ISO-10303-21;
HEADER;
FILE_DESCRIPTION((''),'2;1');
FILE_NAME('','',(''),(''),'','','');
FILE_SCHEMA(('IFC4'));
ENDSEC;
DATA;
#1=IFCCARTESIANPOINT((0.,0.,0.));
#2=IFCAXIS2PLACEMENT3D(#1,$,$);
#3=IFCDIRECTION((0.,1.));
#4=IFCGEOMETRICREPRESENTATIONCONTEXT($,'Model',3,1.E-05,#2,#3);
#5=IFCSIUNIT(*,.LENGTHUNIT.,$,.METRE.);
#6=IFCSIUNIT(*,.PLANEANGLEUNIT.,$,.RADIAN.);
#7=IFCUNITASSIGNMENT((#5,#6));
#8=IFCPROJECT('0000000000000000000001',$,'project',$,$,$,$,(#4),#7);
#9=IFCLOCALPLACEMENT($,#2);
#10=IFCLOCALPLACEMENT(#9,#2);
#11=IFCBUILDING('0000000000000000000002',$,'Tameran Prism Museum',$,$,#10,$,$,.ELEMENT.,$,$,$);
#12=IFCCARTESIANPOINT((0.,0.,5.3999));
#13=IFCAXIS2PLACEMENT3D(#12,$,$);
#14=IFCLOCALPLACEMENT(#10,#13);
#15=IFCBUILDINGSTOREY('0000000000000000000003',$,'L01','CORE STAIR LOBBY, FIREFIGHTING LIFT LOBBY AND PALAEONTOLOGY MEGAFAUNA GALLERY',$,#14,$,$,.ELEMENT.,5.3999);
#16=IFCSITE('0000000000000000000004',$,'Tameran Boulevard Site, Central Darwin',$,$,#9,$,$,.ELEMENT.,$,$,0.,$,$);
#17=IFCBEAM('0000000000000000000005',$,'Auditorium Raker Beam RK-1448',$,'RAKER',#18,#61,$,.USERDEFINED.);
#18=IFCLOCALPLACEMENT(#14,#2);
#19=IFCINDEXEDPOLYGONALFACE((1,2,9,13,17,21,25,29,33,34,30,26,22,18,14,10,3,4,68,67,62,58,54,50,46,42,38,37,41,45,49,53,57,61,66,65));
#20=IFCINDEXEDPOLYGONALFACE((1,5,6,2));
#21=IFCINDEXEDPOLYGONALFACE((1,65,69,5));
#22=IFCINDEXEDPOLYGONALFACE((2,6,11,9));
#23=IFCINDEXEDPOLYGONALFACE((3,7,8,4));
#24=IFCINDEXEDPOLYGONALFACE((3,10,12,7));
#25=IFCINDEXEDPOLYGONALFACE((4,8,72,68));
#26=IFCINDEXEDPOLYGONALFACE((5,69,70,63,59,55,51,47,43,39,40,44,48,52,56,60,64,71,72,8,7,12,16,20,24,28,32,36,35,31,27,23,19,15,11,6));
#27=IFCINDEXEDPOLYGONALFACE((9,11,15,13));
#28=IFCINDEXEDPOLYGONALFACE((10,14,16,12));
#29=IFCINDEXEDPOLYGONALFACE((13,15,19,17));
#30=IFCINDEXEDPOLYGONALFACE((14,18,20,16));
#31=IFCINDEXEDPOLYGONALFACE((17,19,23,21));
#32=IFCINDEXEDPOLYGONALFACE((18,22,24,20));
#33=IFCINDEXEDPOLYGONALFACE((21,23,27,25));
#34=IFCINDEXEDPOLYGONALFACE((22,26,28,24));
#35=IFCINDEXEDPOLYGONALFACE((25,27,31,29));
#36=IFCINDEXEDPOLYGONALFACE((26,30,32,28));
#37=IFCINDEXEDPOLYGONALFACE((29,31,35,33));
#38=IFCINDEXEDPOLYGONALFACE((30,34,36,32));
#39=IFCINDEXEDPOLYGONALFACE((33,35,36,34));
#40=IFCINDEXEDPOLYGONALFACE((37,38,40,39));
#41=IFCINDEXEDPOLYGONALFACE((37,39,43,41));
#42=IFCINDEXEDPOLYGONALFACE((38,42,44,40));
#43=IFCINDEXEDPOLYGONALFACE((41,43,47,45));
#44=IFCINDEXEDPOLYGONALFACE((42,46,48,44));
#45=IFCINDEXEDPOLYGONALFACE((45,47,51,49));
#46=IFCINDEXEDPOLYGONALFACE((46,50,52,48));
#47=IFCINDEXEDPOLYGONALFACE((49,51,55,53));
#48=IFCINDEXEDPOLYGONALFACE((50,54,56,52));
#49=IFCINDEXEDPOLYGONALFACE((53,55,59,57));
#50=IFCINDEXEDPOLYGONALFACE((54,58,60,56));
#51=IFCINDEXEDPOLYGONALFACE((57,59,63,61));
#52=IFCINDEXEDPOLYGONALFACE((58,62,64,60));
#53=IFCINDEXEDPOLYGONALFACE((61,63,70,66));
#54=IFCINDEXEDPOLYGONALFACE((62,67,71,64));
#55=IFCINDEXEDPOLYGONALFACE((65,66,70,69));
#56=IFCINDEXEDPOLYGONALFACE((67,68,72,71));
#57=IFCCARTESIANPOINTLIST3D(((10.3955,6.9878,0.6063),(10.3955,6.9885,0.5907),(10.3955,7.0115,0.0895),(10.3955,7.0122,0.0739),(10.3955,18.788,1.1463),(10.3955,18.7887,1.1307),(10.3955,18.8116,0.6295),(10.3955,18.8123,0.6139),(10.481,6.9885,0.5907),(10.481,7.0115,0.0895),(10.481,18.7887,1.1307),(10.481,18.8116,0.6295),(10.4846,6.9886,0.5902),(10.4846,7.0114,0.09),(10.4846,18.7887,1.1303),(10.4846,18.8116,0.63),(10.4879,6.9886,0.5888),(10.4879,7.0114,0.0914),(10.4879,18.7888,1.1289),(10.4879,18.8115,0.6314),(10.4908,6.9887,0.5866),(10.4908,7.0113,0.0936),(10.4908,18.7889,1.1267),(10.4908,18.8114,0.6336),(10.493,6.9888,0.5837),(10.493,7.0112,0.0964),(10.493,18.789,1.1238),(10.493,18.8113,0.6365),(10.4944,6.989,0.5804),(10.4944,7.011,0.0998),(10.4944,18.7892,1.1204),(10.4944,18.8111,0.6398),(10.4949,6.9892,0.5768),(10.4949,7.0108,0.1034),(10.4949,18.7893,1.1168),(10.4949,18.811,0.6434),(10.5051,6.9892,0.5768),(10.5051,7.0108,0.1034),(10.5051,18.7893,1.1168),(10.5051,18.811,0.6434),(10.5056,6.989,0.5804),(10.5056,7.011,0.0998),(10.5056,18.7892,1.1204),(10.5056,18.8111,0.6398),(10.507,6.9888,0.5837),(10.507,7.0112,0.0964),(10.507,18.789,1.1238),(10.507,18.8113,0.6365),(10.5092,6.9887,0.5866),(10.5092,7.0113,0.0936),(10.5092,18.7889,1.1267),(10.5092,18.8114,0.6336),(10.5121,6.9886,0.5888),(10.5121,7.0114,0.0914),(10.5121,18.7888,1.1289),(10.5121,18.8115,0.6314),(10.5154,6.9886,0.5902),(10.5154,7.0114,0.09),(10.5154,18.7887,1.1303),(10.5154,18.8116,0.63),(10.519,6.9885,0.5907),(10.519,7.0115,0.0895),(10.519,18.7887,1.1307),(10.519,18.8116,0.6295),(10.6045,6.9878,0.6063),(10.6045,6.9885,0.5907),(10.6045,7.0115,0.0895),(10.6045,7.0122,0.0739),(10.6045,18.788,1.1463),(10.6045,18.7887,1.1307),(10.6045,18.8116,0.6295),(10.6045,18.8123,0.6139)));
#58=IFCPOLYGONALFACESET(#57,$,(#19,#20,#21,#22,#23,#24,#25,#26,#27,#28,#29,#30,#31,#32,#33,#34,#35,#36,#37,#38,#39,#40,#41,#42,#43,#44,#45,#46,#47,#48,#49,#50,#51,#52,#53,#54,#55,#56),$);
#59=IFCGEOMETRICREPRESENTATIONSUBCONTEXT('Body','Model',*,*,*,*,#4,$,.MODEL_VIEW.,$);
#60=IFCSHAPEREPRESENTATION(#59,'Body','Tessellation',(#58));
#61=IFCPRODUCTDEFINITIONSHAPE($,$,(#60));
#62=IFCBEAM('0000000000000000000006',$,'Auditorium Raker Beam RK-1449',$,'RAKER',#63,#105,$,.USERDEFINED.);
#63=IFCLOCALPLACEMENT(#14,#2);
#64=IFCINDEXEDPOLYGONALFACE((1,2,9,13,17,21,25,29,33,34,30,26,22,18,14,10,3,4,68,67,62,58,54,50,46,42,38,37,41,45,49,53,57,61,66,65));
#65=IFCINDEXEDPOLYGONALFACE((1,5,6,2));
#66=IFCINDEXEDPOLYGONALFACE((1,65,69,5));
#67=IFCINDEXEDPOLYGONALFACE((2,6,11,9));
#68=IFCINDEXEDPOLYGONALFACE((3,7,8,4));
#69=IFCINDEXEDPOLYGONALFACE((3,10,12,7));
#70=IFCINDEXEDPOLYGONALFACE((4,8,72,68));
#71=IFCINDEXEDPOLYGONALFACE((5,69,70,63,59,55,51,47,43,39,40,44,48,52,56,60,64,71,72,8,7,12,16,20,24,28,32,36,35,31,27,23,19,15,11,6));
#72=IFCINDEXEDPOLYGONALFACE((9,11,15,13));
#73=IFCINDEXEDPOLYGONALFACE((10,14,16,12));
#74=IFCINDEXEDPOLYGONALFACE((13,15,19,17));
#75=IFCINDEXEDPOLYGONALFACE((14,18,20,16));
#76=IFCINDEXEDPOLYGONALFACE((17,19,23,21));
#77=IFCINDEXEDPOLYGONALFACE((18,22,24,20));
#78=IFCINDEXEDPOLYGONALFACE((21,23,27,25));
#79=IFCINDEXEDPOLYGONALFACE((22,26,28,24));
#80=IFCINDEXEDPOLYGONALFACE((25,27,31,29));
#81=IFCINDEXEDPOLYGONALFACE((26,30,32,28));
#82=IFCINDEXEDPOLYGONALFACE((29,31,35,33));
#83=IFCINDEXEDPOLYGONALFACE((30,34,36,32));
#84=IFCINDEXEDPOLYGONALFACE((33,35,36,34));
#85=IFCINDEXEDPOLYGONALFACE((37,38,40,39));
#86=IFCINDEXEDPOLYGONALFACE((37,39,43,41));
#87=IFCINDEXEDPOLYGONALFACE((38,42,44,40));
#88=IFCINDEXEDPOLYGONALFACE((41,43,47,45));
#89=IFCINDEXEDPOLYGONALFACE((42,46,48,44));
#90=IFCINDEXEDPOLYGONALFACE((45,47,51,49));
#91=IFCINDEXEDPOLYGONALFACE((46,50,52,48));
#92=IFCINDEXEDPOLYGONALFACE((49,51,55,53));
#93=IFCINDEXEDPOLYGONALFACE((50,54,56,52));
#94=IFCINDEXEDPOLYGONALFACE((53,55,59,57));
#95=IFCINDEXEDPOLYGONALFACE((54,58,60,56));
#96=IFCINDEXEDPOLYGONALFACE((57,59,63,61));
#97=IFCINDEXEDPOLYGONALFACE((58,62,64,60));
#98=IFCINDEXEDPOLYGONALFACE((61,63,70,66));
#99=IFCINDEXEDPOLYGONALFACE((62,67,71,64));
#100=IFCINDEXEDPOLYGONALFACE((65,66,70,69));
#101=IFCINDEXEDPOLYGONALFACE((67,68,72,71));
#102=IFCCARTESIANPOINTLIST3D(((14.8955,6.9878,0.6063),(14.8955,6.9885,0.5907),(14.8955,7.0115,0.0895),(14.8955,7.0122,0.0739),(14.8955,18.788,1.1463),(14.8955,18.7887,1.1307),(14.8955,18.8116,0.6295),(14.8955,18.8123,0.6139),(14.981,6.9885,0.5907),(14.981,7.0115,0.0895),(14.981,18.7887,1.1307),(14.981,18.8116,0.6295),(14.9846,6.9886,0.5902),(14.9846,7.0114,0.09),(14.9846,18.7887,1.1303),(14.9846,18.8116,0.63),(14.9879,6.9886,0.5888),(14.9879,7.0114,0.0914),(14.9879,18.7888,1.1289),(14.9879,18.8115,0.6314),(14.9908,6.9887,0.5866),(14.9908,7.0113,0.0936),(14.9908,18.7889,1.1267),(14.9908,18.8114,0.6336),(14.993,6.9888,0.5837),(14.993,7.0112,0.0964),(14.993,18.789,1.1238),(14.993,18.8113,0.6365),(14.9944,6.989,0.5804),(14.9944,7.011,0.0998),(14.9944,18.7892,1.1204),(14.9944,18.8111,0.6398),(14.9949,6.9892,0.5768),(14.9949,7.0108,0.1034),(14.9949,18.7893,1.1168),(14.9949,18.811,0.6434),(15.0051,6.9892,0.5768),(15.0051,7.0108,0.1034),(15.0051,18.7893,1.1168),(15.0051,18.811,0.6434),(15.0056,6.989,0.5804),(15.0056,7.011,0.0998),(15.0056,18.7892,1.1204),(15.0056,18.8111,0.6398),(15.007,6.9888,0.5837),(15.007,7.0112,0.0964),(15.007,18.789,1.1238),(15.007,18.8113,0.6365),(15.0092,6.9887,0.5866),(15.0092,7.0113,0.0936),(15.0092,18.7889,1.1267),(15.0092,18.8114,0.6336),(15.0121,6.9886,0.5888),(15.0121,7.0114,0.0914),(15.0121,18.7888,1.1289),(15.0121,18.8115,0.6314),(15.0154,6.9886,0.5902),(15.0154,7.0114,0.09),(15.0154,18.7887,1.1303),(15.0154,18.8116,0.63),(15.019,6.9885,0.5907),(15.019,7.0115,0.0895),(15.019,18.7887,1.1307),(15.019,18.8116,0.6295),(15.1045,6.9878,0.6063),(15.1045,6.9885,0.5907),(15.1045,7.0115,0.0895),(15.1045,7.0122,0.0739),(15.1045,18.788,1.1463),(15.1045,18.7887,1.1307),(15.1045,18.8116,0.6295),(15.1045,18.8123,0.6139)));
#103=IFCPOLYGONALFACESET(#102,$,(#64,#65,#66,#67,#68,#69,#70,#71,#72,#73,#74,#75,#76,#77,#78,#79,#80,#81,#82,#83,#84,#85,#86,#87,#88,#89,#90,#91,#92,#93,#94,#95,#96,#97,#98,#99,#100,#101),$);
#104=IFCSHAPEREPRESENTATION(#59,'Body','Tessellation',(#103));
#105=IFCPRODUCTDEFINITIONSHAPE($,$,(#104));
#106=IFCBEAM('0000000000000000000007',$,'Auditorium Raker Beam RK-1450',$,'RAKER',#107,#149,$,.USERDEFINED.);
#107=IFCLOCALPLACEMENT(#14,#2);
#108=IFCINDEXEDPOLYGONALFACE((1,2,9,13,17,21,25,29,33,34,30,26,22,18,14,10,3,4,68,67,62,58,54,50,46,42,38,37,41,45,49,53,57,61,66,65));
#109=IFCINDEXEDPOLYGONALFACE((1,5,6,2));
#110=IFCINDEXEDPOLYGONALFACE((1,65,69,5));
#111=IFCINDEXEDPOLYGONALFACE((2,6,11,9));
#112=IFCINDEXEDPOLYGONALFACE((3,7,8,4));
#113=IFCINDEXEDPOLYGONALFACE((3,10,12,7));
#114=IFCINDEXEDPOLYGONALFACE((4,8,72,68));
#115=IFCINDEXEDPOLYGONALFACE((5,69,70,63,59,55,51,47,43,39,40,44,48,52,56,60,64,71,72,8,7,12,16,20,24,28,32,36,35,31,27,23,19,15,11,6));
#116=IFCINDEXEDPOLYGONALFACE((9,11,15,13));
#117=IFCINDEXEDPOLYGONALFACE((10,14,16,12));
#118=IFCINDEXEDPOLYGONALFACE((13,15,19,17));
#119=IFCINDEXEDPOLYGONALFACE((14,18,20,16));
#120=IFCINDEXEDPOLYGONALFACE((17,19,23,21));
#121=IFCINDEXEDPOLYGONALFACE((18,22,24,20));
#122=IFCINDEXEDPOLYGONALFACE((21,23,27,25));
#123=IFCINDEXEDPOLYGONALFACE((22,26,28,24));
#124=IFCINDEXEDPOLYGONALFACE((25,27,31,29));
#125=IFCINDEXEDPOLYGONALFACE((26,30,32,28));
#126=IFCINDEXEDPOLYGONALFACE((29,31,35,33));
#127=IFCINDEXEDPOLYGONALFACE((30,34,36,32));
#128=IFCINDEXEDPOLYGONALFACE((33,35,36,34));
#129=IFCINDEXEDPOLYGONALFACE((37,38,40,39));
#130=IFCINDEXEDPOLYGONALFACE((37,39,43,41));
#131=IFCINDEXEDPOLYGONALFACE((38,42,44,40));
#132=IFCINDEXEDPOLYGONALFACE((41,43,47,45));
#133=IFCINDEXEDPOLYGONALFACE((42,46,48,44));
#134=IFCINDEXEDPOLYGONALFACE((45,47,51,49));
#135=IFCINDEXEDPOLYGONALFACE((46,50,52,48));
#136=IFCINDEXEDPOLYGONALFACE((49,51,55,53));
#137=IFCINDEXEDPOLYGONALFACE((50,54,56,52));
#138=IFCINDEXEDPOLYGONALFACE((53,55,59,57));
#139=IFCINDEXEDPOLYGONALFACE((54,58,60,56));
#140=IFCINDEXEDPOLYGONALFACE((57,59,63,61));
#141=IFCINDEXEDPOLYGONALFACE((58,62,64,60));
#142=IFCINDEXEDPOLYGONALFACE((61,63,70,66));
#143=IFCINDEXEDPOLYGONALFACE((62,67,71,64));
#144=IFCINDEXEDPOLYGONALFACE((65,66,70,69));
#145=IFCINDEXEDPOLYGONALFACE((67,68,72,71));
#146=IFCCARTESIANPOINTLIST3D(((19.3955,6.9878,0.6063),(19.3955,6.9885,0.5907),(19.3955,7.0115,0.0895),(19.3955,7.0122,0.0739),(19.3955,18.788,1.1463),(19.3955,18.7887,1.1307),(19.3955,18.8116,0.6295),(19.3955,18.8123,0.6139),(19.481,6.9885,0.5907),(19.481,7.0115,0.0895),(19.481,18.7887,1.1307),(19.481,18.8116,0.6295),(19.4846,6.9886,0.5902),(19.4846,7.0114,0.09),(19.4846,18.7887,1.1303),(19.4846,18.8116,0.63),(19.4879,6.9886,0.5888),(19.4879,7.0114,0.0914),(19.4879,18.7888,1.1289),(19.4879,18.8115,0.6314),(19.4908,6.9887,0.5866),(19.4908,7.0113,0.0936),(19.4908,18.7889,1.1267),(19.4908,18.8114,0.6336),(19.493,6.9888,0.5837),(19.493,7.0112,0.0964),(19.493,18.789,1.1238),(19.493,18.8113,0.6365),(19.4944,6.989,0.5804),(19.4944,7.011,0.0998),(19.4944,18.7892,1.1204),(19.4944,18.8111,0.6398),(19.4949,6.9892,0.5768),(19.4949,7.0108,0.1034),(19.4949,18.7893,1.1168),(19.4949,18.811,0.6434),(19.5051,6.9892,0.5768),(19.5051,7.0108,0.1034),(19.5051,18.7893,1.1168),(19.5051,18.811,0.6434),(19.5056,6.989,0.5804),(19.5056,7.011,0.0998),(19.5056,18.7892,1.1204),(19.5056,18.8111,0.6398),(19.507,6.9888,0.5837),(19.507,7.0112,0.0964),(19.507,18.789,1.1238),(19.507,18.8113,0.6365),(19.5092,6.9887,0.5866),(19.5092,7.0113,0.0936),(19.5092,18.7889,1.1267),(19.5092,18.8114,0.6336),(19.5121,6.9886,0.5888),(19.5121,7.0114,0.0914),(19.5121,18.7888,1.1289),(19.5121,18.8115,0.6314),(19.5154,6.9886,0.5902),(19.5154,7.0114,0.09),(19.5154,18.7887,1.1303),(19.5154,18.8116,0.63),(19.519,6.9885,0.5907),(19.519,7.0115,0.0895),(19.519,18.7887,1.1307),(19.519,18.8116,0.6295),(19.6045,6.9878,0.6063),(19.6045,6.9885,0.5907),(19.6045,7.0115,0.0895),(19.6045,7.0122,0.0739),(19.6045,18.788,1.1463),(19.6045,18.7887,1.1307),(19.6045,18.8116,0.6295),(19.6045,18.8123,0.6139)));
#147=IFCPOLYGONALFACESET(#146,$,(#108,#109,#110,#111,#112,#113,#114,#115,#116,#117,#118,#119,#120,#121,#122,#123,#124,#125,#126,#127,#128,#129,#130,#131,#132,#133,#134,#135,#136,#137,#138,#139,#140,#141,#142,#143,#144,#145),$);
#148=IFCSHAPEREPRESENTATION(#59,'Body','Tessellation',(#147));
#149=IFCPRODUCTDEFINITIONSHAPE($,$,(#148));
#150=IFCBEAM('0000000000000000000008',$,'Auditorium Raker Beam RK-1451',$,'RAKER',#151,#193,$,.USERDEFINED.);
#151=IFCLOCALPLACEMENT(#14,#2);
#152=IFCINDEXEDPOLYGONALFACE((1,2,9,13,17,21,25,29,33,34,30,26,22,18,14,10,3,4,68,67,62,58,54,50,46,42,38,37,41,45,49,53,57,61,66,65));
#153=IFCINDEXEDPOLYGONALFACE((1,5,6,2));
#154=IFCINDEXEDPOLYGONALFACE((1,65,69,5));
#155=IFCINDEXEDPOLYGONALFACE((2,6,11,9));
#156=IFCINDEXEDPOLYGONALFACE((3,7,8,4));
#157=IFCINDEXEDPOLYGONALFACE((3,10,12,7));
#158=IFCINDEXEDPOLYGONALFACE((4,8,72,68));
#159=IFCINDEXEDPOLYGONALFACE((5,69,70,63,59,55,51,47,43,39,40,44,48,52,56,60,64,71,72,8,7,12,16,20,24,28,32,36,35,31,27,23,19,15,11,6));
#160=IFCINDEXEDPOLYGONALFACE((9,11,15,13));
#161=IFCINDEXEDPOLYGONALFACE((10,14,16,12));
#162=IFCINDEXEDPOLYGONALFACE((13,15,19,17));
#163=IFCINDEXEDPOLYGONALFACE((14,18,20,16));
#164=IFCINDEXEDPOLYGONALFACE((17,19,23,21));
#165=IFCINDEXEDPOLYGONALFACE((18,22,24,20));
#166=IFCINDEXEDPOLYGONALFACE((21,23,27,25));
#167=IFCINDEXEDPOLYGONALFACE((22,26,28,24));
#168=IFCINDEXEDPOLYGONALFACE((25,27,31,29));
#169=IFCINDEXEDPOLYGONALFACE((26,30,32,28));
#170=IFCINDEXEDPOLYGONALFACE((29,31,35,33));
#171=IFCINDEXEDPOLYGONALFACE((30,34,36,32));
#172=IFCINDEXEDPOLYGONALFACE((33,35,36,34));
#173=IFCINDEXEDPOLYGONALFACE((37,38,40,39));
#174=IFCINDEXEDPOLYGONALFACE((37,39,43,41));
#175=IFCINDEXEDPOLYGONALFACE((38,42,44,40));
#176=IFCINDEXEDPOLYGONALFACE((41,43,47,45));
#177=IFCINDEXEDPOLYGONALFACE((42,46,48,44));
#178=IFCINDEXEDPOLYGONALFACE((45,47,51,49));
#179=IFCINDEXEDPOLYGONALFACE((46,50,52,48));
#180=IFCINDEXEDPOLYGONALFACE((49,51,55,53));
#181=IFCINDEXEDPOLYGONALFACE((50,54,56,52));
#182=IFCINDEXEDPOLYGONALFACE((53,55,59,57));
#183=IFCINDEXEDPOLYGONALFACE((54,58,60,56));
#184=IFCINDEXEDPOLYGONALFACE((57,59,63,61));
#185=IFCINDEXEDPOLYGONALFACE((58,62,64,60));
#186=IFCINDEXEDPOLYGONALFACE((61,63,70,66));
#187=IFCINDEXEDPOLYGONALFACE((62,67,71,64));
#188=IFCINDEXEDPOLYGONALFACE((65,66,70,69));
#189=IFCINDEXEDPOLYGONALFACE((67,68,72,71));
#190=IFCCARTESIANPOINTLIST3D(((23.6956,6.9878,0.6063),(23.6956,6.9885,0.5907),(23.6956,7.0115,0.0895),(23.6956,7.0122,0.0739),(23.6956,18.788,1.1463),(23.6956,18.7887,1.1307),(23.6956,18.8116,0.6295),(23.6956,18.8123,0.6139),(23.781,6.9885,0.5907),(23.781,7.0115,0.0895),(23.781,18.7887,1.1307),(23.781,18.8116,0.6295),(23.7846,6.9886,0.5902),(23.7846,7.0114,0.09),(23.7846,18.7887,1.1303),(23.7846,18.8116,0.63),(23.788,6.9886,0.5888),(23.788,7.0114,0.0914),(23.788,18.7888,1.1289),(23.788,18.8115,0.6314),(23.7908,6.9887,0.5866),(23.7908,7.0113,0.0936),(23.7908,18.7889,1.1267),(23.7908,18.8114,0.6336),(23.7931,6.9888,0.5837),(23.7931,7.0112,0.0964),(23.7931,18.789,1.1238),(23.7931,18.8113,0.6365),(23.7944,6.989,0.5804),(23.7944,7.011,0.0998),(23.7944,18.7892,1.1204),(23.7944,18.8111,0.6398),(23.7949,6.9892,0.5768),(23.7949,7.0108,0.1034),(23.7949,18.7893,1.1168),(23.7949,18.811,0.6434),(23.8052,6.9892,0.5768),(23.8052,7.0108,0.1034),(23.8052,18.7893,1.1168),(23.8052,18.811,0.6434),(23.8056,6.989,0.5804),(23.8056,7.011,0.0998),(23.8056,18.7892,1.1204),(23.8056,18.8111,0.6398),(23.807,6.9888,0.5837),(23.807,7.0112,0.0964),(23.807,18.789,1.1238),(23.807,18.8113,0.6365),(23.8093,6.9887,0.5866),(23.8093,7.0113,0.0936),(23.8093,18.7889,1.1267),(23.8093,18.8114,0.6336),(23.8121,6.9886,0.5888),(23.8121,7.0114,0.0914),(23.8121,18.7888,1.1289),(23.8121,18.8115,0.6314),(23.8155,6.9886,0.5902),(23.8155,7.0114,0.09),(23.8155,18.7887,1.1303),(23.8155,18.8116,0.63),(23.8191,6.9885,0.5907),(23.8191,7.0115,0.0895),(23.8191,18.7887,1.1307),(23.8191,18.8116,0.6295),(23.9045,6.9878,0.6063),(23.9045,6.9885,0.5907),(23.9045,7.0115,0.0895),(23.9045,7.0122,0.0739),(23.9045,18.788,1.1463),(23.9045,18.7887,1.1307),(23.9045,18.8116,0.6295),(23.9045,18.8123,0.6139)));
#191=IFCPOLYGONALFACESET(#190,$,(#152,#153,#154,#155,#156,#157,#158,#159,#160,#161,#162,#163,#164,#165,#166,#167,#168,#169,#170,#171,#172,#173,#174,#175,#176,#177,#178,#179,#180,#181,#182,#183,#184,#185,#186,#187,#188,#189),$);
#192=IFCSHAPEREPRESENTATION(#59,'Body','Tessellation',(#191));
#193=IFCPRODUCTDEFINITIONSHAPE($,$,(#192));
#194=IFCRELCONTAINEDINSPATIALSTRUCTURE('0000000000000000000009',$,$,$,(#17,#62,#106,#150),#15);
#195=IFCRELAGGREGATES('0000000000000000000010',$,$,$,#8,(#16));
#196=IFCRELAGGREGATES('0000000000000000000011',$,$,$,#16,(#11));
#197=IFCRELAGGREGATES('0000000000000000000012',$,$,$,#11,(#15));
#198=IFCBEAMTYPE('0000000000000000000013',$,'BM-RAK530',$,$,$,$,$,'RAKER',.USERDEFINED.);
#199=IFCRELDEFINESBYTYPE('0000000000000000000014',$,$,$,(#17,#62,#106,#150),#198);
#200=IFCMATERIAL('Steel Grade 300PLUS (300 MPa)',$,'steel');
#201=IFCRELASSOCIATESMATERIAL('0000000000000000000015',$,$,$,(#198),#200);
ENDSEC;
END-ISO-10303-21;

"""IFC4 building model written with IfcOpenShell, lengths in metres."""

from ifc_helpers import new_model, si_unit, direction, frame, origin, origin_2d, place, context, subcontext, project, spatial, i_section, extrude, material, material_profile, profile_set, type_object, element, save


model = new_model("IFC4")

# Units and contexts
model_context = context("Model", 3, precision=1e-05, world=origin(), true_north=direction((0.0, 1.0)))
body_context = subcontext(model_context, "Body", "Model", "MODEL_VIEW")
ifc_project = project(units=[si_unit("LENGTHUNIT", "METRE"), si_unit("PLANEANGLEUNIT", "RADIAN")], contexts=[model_context])

# Site, building, storey
site_placement = place(None, origin())
site = spatial("IfcSite", under=ifc_project, at=site_placement, Name="Tameran Boulevard Site, Central Darwin", CompositionType="ELEMENT", RefElevation=0.0)
building_placement = place(site_placement, origin())
building = spatial("IfcBuilding", under=site, at=building_placement, Name="Tameran Prism Museum", CompositionType="ELEMENT")
storey_placement = place(building_placement, frame((0.0, 0.0, 5.3999)))
storey = spatial("IfcBuildingStorey", under=building, at=storey_placement, Name="L01", Description="CORE STAIR LOBBY, FIREFIGHTING LIFT LOBBY AND PALAEONTOLOGY MEGAFAUNA GALLERY", CompositionType="ELEMENT", Elevation=5.3999)

# Beams
ifc_material_1 = material(Name="Steel Grade 300PLUS (300 MPa)", Category="steel")
ifc_material_profile_1 = material_profile(ifc_material_1, i_section(OverallWidth=0.209, OverallDepth=0.533, WebThickness=0.0103, FlangeThickness=0.0156, FilletRadius=0.0139, at=origin_2d()))
ifc_profile_set_1 = profile_set([ifc_material_profile_1])
beam_type_1 = type_object("IfcBeamType", Name="BM-RAK530", ElementType="RAKER", PredefinedType="USERDEFINED", material=ifc_profile_set_1)
for number, where, z_axis, x_axis, name in (
    (1, (10.5, 7.0, 0.3401), (0.0, 0.998954, 0.045718), (-1.0, 0.0, 0.0), "Auditorium Raker Beam RK-1448"),
    (2, (15.0, 7.0, 0.3401), (0.0, 0.998954, 0.045718), (-1.0, 0.0, 0.0), "Auditorium Raker Beam RK-1449"),
    (3, (19.5, 7.0, 0.3401), (0.0, 0.998954, 0.045718), (-1.0, 0.0, 0.0), "Auditorium Raker Beam RK-1450"),
    (4, (23.8, 7.0, 0.3401), (0.0, 0.998954, 0.045718), (-1.0, 0.0, 0.0), "Auditorium Raker Beam RK-1451"),
):
    element("IfcBeam", number, at=place(storey_placement, frame(where, z_axis=z_axis, x_axis=x_axis)), inside=storey, type_object=beam_type_1, Name=name, ObjectType="RAKER", PredefinedType="USERDEFINED", context=body_context, shape_type="SweptSolid", body=[
        extrude(i_section(OverallWidth=0.209, OverallDepth=0.533, WebThickness=0.0103, FlangeThickness=0.0156, FilletRadius=0.0139, at=origin_2d()), origin(), (0.0, 0.0, 1.0), 11.8125),
    ])

save(model, "model.ifc")
